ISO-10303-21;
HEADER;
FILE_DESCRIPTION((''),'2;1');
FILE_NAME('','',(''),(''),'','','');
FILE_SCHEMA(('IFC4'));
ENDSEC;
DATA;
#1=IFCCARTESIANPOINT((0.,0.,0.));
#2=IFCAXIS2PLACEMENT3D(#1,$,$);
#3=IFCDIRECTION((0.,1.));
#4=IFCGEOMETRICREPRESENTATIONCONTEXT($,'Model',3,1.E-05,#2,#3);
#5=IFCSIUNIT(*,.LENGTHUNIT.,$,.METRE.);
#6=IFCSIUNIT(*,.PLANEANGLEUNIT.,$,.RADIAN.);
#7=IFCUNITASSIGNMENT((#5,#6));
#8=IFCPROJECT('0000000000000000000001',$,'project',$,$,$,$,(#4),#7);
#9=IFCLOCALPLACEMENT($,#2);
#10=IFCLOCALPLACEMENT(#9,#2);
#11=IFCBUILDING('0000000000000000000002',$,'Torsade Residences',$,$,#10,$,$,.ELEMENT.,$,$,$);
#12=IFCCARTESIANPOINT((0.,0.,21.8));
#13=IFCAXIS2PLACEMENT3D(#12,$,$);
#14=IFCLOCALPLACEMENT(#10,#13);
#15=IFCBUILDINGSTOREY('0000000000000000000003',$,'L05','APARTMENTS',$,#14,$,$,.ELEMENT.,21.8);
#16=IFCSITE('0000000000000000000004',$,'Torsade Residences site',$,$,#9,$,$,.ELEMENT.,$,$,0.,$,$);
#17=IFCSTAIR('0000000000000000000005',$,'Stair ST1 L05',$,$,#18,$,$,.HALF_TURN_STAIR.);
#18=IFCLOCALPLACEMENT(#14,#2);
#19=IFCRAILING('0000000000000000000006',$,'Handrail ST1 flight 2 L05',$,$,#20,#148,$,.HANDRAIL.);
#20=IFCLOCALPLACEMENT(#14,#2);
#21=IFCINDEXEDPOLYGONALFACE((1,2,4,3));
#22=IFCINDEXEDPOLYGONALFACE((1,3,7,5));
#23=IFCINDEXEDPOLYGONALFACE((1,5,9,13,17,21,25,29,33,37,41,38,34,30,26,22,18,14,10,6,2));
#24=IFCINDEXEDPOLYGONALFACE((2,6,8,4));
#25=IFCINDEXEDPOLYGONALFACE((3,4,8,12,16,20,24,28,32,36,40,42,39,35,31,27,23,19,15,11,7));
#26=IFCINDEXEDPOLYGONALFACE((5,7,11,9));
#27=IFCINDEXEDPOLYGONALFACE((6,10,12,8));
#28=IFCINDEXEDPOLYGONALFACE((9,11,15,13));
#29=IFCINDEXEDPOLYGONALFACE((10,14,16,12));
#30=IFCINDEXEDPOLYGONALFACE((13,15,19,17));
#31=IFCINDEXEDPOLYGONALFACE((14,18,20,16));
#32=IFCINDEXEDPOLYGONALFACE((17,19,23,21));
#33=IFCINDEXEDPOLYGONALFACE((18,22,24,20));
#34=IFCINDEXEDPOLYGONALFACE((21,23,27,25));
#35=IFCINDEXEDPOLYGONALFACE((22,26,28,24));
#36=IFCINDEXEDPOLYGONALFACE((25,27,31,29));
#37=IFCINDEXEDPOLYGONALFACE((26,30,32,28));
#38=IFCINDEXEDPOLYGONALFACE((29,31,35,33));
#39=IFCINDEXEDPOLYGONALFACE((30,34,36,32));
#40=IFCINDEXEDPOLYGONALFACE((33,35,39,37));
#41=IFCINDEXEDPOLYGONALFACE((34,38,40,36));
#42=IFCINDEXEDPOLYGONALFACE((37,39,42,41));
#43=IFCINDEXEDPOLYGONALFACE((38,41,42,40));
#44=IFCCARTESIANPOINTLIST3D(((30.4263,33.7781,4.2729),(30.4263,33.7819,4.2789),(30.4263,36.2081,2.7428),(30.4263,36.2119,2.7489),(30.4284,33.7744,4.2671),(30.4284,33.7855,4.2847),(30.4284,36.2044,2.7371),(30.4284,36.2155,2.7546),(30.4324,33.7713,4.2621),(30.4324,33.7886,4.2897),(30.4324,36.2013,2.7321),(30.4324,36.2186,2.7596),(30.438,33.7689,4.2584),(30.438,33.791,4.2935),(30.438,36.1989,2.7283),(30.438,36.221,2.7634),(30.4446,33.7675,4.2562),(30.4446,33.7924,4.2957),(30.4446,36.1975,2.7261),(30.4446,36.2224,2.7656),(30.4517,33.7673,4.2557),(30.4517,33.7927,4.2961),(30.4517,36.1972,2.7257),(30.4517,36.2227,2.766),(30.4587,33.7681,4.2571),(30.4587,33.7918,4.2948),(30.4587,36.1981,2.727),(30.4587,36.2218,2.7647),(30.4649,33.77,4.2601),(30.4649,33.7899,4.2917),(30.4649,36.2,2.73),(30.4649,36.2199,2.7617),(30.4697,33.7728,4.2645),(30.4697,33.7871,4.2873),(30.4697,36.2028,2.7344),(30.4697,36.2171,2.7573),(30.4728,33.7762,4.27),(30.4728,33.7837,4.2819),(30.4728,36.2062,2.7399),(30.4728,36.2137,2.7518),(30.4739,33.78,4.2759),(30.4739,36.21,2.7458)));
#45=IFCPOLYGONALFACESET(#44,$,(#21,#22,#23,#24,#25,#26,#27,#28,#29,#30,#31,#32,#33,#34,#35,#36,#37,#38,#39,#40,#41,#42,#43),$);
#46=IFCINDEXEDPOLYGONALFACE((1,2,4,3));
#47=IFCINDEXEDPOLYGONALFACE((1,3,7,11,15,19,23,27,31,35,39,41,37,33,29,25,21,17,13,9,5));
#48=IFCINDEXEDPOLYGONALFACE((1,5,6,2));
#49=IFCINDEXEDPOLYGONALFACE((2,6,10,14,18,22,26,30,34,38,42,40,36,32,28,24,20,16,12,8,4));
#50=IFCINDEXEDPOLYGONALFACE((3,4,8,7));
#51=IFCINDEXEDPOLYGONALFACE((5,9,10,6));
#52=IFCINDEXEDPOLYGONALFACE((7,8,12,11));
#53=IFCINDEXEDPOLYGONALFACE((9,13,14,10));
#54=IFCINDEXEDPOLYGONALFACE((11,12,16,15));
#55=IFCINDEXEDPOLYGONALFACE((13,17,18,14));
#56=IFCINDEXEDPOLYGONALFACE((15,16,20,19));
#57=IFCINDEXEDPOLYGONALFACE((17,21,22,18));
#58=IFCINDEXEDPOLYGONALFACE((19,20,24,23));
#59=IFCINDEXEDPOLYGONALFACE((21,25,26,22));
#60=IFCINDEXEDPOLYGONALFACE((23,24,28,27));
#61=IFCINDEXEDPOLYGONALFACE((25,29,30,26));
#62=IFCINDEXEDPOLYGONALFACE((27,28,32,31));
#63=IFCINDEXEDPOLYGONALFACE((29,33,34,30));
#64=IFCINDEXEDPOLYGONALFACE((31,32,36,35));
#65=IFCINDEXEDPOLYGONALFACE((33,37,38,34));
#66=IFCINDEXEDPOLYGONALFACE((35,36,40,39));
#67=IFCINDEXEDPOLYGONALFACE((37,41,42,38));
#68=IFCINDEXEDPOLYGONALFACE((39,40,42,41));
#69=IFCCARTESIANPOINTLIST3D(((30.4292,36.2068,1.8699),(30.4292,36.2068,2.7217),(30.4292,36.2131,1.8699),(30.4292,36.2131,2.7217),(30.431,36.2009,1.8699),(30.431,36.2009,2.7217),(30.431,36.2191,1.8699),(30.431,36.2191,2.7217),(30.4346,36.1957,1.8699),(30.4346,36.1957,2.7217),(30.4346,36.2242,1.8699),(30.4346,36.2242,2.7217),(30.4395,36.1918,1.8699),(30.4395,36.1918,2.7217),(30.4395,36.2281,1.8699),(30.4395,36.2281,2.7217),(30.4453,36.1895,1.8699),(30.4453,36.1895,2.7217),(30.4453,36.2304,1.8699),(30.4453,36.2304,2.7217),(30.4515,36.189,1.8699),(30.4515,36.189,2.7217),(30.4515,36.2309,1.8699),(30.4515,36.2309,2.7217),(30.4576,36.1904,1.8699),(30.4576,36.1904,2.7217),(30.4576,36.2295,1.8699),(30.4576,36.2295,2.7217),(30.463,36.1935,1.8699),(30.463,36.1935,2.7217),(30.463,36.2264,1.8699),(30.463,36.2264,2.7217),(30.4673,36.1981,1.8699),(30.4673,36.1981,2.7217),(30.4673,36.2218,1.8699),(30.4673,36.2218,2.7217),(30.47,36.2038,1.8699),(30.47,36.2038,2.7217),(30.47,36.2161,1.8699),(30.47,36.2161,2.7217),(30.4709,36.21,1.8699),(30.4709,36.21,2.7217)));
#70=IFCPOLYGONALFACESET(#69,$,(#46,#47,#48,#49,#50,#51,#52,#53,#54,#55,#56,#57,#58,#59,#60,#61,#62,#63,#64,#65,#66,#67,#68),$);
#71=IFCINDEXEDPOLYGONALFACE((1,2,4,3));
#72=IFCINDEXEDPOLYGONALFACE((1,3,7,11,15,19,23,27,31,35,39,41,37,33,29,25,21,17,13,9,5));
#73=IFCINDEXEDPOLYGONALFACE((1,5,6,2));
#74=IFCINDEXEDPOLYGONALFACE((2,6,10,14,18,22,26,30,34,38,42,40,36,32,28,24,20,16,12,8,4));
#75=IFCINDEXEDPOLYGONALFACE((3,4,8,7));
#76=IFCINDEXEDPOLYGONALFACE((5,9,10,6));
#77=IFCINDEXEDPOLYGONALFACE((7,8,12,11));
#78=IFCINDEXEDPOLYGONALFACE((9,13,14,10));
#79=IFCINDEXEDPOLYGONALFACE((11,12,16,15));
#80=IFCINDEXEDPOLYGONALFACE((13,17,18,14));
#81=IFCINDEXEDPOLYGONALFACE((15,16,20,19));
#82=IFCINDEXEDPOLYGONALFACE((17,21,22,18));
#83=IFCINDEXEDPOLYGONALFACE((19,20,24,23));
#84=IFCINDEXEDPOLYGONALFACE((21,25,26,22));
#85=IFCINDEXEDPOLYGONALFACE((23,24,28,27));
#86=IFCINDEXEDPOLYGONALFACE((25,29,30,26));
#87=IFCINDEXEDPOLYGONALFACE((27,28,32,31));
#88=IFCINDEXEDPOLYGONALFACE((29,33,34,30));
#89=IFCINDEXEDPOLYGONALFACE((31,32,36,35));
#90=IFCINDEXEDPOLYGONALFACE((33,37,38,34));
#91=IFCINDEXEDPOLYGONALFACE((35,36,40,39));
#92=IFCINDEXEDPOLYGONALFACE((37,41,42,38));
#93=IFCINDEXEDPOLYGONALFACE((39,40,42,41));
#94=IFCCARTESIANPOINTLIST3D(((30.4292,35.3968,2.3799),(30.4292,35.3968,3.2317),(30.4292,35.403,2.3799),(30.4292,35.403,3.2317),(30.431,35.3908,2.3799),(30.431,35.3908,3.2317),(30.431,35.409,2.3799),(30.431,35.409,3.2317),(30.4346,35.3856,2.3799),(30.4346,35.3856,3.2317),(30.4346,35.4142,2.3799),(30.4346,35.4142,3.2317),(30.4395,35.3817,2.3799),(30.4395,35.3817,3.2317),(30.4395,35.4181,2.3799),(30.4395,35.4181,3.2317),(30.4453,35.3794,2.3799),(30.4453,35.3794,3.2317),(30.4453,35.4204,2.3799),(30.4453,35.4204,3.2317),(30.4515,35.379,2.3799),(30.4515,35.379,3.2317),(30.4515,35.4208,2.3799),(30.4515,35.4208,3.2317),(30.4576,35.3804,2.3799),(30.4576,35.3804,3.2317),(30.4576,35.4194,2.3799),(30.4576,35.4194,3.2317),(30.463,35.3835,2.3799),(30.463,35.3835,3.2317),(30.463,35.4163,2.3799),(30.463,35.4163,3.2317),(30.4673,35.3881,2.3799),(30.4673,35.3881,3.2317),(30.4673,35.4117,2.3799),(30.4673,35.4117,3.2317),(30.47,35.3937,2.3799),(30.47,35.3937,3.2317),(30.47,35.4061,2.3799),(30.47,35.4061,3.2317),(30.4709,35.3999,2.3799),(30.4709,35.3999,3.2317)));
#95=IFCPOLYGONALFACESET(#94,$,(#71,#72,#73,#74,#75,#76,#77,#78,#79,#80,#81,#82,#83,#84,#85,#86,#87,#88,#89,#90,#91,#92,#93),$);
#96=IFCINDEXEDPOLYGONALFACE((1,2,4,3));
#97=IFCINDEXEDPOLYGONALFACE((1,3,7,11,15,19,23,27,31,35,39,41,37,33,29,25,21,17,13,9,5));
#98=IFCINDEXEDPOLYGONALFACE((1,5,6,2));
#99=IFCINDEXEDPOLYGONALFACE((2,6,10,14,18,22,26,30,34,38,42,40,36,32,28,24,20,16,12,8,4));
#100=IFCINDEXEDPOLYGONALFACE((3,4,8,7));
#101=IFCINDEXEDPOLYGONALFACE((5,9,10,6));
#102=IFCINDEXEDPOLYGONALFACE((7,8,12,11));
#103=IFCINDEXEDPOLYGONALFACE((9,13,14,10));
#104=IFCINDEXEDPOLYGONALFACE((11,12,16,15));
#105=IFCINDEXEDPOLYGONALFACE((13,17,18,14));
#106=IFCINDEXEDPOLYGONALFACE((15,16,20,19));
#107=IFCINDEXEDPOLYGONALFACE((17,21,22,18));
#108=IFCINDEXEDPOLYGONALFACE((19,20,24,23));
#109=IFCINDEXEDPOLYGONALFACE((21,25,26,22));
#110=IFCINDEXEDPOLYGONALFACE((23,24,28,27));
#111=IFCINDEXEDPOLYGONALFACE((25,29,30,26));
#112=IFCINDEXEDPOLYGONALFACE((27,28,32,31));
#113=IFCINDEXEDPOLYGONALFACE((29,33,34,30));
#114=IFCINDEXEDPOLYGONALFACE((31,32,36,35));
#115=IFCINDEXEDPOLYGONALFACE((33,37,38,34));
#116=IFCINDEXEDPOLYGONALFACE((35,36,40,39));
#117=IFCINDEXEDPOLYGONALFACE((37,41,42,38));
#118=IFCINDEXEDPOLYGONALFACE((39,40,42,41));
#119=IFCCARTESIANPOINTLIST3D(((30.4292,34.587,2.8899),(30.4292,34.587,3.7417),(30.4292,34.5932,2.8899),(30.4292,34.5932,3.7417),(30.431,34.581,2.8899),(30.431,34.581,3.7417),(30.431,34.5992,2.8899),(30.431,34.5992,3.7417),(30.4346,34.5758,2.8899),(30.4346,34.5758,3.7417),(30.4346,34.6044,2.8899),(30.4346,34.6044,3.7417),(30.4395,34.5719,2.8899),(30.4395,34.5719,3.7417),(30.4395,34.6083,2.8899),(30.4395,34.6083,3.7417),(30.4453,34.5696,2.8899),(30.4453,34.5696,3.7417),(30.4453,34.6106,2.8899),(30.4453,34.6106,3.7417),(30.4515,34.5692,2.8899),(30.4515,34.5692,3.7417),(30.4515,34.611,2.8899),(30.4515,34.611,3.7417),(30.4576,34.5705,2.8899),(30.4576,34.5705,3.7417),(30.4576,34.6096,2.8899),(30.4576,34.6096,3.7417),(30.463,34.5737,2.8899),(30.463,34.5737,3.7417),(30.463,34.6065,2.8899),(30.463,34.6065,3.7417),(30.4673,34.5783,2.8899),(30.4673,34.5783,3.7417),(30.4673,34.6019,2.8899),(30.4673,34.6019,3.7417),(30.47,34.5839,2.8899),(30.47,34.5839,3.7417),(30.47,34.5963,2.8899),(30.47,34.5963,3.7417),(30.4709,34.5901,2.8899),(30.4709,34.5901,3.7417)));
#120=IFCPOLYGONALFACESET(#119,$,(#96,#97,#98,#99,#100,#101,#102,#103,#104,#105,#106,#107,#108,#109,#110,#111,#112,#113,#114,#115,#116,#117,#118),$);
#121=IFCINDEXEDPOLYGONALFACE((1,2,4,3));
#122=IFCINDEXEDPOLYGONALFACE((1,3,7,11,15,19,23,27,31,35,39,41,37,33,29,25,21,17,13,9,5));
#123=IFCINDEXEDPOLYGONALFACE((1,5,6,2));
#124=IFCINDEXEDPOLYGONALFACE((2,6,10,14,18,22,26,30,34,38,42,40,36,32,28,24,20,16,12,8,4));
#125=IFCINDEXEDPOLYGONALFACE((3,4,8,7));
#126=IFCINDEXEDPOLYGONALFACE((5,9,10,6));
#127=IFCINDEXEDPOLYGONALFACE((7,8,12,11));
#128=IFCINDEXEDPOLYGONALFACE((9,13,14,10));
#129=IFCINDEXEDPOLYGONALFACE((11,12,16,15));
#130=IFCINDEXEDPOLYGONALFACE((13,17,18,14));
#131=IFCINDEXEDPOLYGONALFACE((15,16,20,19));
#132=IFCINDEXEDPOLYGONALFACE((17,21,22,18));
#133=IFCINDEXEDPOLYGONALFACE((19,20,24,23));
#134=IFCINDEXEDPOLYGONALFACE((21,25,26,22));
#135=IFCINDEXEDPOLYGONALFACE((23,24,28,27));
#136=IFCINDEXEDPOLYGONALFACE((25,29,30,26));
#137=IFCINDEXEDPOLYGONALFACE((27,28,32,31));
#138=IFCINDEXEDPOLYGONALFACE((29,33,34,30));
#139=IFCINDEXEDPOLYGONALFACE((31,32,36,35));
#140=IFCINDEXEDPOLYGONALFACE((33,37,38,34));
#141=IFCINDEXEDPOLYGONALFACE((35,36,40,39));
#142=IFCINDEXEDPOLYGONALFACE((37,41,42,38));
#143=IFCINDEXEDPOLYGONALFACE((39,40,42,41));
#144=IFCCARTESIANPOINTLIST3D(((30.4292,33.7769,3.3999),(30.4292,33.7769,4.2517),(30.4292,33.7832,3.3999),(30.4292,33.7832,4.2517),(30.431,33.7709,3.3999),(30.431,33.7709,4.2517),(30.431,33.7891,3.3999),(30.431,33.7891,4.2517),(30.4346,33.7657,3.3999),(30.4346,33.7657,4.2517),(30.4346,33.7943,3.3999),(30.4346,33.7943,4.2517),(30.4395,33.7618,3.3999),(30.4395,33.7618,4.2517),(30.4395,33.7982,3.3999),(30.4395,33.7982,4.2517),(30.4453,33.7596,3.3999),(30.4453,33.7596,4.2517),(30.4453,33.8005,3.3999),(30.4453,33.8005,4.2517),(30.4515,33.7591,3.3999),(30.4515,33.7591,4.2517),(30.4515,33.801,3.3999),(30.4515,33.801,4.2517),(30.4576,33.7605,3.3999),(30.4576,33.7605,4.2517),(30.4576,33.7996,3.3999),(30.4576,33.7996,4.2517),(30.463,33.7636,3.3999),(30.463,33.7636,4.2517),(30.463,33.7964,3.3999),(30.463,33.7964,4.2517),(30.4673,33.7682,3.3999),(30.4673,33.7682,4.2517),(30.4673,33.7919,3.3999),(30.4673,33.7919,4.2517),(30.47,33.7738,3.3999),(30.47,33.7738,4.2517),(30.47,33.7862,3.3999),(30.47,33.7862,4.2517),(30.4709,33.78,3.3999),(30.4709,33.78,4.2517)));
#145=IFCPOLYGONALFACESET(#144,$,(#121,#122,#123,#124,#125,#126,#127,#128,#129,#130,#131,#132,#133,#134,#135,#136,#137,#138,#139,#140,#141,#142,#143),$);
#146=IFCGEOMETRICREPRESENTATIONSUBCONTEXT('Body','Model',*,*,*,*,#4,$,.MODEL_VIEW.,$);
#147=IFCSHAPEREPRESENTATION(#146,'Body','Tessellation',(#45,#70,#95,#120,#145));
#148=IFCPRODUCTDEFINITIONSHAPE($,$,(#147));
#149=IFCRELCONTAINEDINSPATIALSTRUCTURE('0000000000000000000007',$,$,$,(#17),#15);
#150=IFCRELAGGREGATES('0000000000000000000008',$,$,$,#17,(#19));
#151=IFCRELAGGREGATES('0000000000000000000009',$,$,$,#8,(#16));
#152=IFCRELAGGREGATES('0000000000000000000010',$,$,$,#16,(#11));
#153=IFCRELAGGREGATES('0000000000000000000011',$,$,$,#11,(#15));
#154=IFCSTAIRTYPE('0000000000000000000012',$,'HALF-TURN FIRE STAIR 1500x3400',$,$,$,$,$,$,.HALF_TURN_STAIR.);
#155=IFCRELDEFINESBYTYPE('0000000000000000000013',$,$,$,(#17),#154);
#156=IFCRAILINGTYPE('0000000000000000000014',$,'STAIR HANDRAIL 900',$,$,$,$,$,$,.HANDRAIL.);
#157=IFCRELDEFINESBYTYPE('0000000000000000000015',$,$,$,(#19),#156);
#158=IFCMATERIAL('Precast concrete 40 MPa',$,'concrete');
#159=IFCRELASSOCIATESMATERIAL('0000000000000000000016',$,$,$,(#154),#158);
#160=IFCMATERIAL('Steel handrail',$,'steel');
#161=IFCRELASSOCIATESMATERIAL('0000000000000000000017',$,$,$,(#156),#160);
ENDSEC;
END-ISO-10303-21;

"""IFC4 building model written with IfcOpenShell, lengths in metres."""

from ifc_helpers import new_model, si_unit, direction, frame, origin, origin_2d, place, context, subcontext, project, spatial, circle, extrude, material, type_object, element, aggregate, save


model = new_model("IFC4")

# Units and contexts
model_context = context("Model", 3, precision=1e-05, world=origin(), true_north=direction((0.0, 1.0)))
body_context = subcontext(model_context, "Body", "Model", "MODEL_VIEW")
ifc_project = project(units=[si_unit("LENGTHUNIT", "METRE"), si_unit("PLANEANGLEUNIT", "RADIAN")], contexts=[model_context])

# Site, building, storey
site_placement = place(None, origin())
site = spatial("IfcSite", under=ifc_project, at=site_placement, Name="Torsade Residences site", CompositionType="ELEMENT", RefElevation=0.0)
building_placement = place(site_placement, origin())
building = spatial("IfcBuilding", under=site, at=building_placement, Name="Torsade Residences", CompositionType="ELEMENT")
storey_placement = place(building_placement, frame((0.0, 0.0, 21.8)))
storey = spatial("IfcBuildingStorey", under=building, at=storey_placement, Name="L05", Description="APARTMENTS", CompositionType="ELEMENT", Elevation=21.8)

# Stair, railing
ifc_material_1 = material(Name="Precast concrete 40 MPa", Category="concrete")
stair_type = type_object("IfcStairType", Name="HALF-TURN FIRE STAIR 1500x3400", PredefinedType="HALF_TURN_STAIR", material=ifc_material_1)
stair_placement = place(storey_placement, origin())
stair = element("IfcStair", 1, at=stair_placement, inside=storey, type_object=stair_type, Name="Stair ST1 L05", PredefinedType="HALF_TURN_STAIR")
ifc_material_2 = material(Name="Steel handrail", Category="steel")
railing_type = type_object("IfcRailingType", Name="STAIR HANDRAIL 900", PredefinedType="HANDRAIL", material=ifc_material_2)
railing_1_placement = place(storey_placement, frame((30.45, 36.21, 1.8699)))
railing_1 = element("IfcRailing", 2, at=railing_1_placement, type_object=railing_type, Name="Handrail ST1 flight 2 L05", PredefinedType="HANDRAIL", context=body_context, shape_type="SweptSolid", body=[
    extrude(circle(Radius=0.0239, at=origin_2d()), frame((0.0, 0.0, 0.876), z_axis=(0.0, -0.846221, 0.532831), x_axis=(1.0, 0.0, 0.0)), (0.0, 0.0, 1.0), 2.8716),
    extrude(circle(Radius=0.021, at=origin_2d()), origin(), (0.0, 0.0, 1.0), 0.8518),
    extrude(circle(Radius=0.021, at=origin_2d()), frame((0.0, -0.8101, 0.51)), (0.0, 0.0, 1.0), 0.8518),
    extrude(circle(Radius=0.021, at=origin_2d()), frame((0.0, -1.6199, 1.02)), (0.0, 0.0, 1.0), 0.8518),
    extrude(circle(Radius=0.021, at=origin_2d()), frame((0.0, -2.4299, 1.53)), (0.0, 0.0, 1.0), 0.8518),
])
aggregate(stair, [railing_1])

save(model, "model.ifc")
